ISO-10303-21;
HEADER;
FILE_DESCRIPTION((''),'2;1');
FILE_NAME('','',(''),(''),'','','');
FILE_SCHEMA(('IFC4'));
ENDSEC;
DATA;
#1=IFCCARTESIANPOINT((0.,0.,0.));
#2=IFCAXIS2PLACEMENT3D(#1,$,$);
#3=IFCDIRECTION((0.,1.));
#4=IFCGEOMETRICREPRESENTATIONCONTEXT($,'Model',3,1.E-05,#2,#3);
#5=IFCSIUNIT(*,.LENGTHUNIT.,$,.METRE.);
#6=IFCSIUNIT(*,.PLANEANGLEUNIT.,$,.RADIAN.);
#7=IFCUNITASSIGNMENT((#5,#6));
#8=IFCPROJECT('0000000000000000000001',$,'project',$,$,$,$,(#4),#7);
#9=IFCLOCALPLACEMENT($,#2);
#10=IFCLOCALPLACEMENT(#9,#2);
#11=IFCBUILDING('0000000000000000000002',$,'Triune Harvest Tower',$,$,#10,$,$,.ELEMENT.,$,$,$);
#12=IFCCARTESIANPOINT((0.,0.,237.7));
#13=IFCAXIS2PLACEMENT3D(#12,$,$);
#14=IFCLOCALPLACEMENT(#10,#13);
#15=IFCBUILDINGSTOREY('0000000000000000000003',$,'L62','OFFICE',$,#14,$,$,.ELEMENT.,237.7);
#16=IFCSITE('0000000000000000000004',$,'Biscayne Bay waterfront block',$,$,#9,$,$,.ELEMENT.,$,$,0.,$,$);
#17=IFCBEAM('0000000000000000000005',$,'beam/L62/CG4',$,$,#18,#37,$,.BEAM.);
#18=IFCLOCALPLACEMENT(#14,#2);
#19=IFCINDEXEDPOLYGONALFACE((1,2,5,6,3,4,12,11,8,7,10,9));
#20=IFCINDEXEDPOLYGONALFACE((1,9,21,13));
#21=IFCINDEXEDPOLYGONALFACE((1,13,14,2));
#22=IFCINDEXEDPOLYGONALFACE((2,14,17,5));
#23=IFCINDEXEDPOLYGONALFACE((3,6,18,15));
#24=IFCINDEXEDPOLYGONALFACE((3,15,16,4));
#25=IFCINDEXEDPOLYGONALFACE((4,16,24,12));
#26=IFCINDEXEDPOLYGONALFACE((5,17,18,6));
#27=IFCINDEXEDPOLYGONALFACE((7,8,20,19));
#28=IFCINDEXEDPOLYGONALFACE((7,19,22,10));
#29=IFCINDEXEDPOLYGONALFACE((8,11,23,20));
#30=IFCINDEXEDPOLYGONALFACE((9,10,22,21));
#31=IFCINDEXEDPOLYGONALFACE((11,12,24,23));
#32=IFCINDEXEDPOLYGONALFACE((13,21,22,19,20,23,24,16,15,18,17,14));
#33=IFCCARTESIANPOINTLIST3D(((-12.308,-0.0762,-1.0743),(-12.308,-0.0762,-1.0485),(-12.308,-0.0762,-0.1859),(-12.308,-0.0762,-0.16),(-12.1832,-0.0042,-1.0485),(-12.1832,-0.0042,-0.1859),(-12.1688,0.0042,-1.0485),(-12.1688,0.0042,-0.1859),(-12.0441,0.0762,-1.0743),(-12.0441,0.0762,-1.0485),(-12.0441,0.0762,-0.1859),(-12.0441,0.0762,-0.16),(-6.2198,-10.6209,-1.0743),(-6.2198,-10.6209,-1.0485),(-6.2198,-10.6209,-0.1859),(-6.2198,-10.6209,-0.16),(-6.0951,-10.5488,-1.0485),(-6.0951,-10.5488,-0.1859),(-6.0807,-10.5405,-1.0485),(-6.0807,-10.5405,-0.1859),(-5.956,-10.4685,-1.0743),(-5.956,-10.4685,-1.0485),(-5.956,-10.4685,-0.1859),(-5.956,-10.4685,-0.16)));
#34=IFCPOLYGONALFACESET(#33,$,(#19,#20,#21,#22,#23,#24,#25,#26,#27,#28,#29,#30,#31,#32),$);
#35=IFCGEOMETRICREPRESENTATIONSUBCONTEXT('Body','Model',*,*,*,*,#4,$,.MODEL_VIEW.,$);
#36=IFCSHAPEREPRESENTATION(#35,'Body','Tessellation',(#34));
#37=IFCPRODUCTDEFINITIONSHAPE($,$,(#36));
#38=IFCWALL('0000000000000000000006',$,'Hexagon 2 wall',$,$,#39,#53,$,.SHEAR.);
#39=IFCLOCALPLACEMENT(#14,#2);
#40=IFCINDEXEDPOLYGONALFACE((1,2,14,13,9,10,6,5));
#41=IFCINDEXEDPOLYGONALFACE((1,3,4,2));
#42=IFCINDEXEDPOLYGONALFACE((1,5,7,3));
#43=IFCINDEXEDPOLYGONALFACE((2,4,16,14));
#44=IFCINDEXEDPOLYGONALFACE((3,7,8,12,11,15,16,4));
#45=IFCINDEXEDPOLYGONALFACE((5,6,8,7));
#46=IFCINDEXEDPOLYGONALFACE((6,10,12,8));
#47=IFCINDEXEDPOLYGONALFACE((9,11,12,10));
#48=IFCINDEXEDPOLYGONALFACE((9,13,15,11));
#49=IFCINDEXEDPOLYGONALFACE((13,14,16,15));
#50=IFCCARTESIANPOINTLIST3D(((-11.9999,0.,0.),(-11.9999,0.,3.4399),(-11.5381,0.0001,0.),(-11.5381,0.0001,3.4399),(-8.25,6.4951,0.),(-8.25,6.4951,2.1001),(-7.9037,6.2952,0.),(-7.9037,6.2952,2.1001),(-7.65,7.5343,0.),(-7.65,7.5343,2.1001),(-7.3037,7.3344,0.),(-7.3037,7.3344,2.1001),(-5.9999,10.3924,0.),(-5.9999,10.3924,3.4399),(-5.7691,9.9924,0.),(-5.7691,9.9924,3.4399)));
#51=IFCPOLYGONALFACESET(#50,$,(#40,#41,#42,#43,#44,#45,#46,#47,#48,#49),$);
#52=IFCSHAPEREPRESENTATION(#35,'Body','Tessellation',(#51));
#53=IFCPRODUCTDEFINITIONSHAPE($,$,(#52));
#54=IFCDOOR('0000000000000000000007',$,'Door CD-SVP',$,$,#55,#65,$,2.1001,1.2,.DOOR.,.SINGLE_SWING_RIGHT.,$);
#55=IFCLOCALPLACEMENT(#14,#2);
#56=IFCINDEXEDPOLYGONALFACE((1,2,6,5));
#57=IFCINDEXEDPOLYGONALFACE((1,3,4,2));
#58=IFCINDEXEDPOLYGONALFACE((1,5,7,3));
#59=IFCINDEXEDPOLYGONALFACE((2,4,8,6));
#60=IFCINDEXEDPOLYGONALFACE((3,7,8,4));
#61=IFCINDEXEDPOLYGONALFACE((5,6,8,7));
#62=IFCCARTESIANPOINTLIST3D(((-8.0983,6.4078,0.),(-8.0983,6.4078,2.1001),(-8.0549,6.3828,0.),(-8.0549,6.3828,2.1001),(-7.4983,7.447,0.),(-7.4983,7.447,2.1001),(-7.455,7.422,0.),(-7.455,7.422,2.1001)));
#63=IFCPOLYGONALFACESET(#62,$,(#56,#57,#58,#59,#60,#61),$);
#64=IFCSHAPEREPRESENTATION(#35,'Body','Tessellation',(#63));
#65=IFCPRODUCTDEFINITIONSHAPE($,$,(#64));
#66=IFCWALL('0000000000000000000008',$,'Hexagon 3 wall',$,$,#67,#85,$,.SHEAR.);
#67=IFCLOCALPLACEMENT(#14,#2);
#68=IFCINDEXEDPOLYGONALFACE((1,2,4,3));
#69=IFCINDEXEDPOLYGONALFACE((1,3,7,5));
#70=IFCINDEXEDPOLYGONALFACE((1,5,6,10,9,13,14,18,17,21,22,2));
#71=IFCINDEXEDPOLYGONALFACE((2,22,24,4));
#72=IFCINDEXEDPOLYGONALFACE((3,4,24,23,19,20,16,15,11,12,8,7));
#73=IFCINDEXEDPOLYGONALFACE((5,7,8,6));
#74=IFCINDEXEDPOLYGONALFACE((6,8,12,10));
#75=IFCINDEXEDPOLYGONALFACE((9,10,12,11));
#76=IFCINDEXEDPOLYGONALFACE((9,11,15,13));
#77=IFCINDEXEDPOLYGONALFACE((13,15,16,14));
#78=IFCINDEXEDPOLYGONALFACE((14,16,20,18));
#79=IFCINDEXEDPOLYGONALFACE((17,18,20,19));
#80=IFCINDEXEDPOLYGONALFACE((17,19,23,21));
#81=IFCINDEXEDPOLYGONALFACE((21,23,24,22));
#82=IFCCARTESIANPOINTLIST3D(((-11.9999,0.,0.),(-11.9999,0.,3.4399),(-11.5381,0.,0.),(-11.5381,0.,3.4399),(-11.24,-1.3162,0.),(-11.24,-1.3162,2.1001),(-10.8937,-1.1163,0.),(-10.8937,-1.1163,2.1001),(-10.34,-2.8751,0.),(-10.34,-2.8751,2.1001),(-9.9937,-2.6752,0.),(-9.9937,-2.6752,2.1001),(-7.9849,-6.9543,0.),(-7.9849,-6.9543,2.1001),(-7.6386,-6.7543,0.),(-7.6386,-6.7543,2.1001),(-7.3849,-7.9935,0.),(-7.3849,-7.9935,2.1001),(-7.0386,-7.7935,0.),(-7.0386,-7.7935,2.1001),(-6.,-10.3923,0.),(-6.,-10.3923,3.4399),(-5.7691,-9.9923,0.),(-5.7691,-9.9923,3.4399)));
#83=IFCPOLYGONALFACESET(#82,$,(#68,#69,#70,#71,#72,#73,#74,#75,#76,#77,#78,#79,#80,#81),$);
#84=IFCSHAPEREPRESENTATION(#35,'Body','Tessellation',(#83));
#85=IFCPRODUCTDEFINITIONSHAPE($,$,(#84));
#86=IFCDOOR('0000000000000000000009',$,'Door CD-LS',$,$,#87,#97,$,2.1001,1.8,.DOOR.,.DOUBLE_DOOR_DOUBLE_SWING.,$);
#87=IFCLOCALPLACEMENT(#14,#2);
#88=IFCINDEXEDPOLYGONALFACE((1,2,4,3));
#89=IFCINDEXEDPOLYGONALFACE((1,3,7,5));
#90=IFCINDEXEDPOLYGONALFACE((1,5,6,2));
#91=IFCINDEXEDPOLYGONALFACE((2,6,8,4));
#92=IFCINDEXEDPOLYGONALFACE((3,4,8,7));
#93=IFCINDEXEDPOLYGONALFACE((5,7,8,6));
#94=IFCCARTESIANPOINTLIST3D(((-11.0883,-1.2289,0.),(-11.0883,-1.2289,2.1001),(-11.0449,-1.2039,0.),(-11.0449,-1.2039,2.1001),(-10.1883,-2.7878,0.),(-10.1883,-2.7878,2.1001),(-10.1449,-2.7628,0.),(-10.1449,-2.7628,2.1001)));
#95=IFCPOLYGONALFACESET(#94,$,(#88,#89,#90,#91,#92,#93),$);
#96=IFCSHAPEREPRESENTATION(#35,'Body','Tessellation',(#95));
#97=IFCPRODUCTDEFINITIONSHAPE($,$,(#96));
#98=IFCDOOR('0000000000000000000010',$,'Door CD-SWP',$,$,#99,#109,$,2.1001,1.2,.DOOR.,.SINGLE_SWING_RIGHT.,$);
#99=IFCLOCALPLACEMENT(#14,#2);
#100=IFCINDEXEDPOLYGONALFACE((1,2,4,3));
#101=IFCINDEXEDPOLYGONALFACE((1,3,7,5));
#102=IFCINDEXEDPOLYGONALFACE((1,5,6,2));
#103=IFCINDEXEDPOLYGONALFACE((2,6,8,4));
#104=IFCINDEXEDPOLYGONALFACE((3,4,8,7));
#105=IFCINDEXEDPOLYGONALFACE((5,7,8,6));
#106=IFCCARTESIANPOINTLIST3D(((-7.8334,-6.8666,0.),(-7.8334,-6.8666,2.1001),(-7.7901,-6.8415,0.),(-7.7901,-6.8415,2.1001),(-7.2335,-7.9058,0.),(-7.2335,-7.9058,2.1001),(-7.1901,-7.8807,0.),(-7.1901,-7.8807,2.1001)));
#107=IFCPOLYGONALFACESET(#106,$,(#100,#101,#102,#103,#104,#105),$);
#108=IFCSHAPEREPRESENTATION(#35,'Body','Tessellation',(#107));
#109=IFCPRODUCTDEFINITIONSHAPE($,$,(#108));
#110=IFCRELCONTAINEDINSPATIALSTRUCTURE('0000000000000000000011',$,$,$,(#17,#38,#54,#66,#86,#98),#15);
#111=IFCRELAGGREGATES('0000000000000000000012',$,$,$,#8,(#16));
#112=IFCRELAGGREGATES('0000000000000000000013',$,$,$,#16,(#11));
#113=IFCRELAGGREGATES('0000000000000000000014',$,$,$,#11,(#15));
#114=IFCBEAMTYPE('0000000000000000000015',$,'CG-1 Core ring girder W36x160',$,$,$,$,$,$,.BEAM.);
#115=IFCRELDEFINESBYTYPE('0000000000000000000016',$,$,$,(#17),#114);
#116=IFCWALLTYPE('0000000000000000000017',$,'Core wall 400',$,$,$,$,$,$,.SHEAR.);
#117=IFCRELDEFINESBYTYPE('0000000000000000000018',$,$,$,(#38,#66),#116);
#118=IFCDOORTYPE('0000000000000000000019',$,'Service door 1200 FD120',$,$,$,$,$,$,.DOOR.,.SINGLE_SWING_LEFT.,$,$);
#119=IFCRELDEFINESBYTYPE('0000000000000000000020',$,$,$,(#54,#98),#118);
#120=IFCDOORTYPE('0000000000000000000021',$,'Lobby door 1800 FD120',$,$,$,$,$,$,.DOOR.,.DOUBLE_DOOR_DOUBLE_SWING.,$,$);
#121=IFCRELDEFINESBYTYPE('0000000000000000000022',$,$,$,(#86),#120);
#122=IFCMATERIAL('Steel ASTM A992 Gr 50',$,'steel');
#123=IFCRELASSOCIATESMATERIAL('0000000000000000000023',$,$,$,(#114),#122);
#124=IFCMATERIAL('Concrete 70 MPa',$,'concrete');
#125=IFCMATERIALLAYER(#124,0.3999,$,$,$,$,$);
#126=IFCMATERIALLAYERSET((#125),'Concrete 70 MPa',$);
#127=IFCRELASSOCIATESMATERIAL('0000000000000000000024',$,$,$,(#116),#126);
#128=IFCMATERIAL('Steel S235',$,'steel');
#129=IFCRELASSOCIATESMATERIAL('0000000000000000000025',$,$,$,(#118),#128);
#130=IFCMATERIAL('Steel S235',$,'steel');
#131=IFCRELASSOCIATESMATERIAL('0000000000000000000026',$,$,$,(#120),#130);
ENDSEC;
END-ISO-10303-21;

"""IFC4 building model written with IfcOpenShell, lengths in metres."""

from ifc_helpers import new_model, si_unit, direction, frame, frame_2d, origin, origin_2d, place, context, subcontext, project, spatial, polyline, rectangle, i_section, outline, extrude, source, transform, mapped, material, layer, layer_set, material_profile, profile_set, type_object, element, fill, save


model = new_model("IFC4")

# Units and contexts
model_context = context("Model", 3, precision=1e-05, world=origin(), true_north=direction((0.0, 1.0)))
body_context = subcontext(model_context, "Body", "Model", "MODEL_VIEW")
ifc_project = project(units=[si_unit("LENGTHUNIT", "METRE"), si_unit("PLANEANGLEUNIT", "RADIAN")], contexts=[model_context])

# Site, building, storey
site_placement = place(None, origin())
site = spatial("IfcSite", under=ifc_project, at=site_placement, Name="Biscayne Bay waterfront block", CompositionType="ELEMENT", RefElevation=0.0)
building_placement = place(site_placement, origin())
building = spatial("IfcBuilding", under=site, at=building_placement, Name="Triune Harvest Tower", CompositionType="ELEMENT")
storey_placement = place(building_placement, frame((0.0, 0.0, 237.7)))
storey = spatial("IfcBuildingStorey", under=building, at=storey_placement, Name="L62", Description="OFFICE", CompositionType="ELEMENT", Elevation=237.7)

# Beam
ifc_material_1 = material(Name="Steel ASTM A992 Gr 50", Category="steel")
ifc_material_profile = material_profile(ifc_material_1, i_section(OverallWidth=0.3047, OverallDepth=0.9143, WebThickness=0.0166, FlangeThickness=0.0259, at=origin_2d()), Name="W36x160")
ifc_profile_set = profile_set([ifc_material_profile], Name="Steel ASTM A992 Gr 50")
beam_type = type_object("IfcBeamType", Name="CG-1 Core ring girder W36x160", PredefinedType="BEAM", material=ifc_profile_set)
shared_shape_1 = source(origin(), body_context, "Body", "SweptSolid", [
    extrude(i_section(OverallWidth=0.3047, OverallDepth=0.9143, WebThickness=0.0166, FlangeThickness=0.0259, at=origin_2d()), origin(), (0.0, 0.0, 1.0), 12.176),
])
beam_placement = place(storey_placement, frame((-12.176, 0.0, -0.6172), z_axis=(0.50001, -0.86602, 0.0), x_axis=(0.86602, 0.50001, 0.0)))
element("IfcBeam", 1, at=beam_placement, inside=storey, type_object=beam_type, Name="beam/L62/CG4", PredefinedType="BEAM", context=body_context, shape_type="MappedRepresentation", body=[
    mapped(shared_shape_1, transform((0.0, 0.0, 0.0), scale=1.0)),
])

# Wall, opening, door
ifc_material_2 = material(Name="Concrete 70 MPa", Category="concrete")
ifc_layer_1 = layer(ifc_material_2, 0.3999)
ifc_layer_set_1 = layer_set([ifc_layer_1], Name="Concrete 70 MPa")
wall_type_1 = type_object("IfcWallType", Name="Core wall 400", PredefinedType="SHEAR", material=ifc_layer_set_1)
shared_shape_2 = source(origin(), body_context, "Body", "SweptSolid", [
    extrude(outline(polyline([(-0.1155, -0.2), (11.8845, -0.2), (11.6536, 0.2), (0.1155, 0.2), (-0.1155, -0.2)])), origin(), (0.0, 0.0, 1.0), 3.4399),
])
wall_1_placement = place(storey_placement, frame((-5.8845, 10.1924, 0.0), z_axis=(0.0, 0.0, 1.0), x_axis=(-0.499997, -0.866027, 0.0)))
wall_1 = element("IfcWall", 2, at=wall_1_placement, inside=storey, type_object=wall_type_1, Name="Hexagon 2 wall", PredefinedType="SHEAR", context=body_context, shape_type="MappedRepresentation", body=[
    mapped(shared_shape_2, transform((0.0, 0.0, 0.0), scale=1.0)),
])
opening_1_placement = place(wall_1_placement, frame((3.1846, 0.0, 0.0)))
opening_1 = element("IfcOpeningElement", 3, at=opening_1_placement, cuts=wall_1, PredefinedType="OPENING", context=body_context, shape_type="SweptSolid", body=[
    extrude(rectangle(XDim=1.2, YDim=2.1001, at=frame_2d((0.6001, 1.05))), frame((0.0, 0.21, 0.0), z_axis=(0.0, -1.0, 0.0), x_axis=(1.0, 0.0, 0.0)), (0.0, 0.0, 1.0), 0.4199),
])
ifc_material_3 = material(Name="Steel S235", Category="steel")
door_type_1 = type_object("IfcDoorType", Name="Service door 1200 FD120", OperationType="SINGLE_SWING_LEFT", PredefinedType="DOOR", material=ifc_material_3)
door_1_placement = place(opening_1_placement, frame((1.2, 0.0, 0.0), z_axis=(0.0, 0.0, 1.0), x_axis=(-1.0, 0.0, 0.0)))
door_1 = element("IfcDoor", 4, at=door_1_placement, inside=storey, type_object=door_type_1, Name="Door CD-SVP", OperationType="SINGLE_SWING_RIGHT", OverallHeight=2.1001, OverallWidth=1.2, PredefinedType="DOOR", context=body_context, shape_type="SweptSolid", body=[
    extrude(rectangle(XDim=1.2, YDim=2.1001, at=frame_2d((0.6001, 1.05))), frame((0.0, 0.0249, 0.0), z_axis=(0.0, -1.0, 0.0), x_axis=(1.0, 0.0, 0.0)), (0.0, 0.0, 1.0), 0.05),
])
fill(opening_1, door_1)

# Wall, openings, doors
wall_2_placement = place(storey_placement, frame((-11.769, 0.0, 0.0), z_axis=(0.0, 0.0, 1.0), x_axis=(0.499997, -0.866027, 0.0)))
wall_2 = element("IfcWall", 5, at=wall_2_placement, inside=storey, type_object=wall_type_1, Name="Hexagon 3 wall", PredefinedType="SHEAR", context=body_context, shape_type="MappedRepresentation", body=[
    mapped(shared_shape_2, transform((0.0, 0.0, 0.0), scale=1.0)),
])
opening_2_placement = place(wall_2_placement, frame((1.4045, 0.0, 0.0)))
opening_2 = element("IfcOpeningElement", 6, at=opening_2_placement, cuts=wall_2, PredefinedType="OPENING", context=body_context, shape_type="SweptSolid", body=[
    extrude(rectangle(XDim=1.8, YDim=2.1001, at=frame_2d((0.8999, 1.05))), frame((0.0, 0.21, 0.0), z_axis=(0.0, -1.0, 0.0), x_axis=(1.0, 0.0, 0.0)), (0.0, 0.0, 1.0), 0.4199),
])
opening_3_placement = place(wall_2_placement, frame((7.9146, 0.0, 0.0)))
opening_3 = element("IfcOpeningElement", 7, at=opening_3_placement, cuts=wall_2, PredefinedType="OPENING", context=body_context, shape_type="SweptSolid", body=[
    extrude(rectangle(XDim=1.2, YDim=2.1001, at=frame_2d((0.6001, 1.05))), frame((0.0, 0.21, 0.0), z_axis=(0.0, -1.0, 0.0), x_axis=(1.0, 0.0, 0.0)), (0.0, 0.0, 1.0), 0.4199),
])
ifc_material_4 = material(Name="Steel S235", Category="steel")
door_type_2 = type_object("IfcDoorType", Name="Lobby door 1800 FD120", OperationType="DOUBLE_DOOR_DOUBLE_SWING", PredefinedType="DOOR", material=ifc_material_4)
door_2_placement = place(opening_2_placement, frame((1.8, 0.0, 0.0), z_axis=(0.0, 0.0, 1.0), x_axis=(-1.0, 0.0, 0.0)))
door_2 = element("IfcDoor", 8, at=door_2_placement, inside=storey, type_object=door_type_2, Name="Door CD-LS", OperationType="DOUBLE_DOOR_DOUBLE_SWING", OverallHeight=2.1001, OverallWidth=1.8, PredefinedType="DOOR", context=body_context, shape_type="SweptSolid", body=[
    extrude(rectangle(XDim=1.8, YDim=2.1001, at=frame_2d((0.8999, 1.05))), frame((0.0, 0.0249, 0.0), z_axis=(0.0, -1.0, 0.0), x_axis=(1.0, 0.0, 0.0)), (0.0, 0.0, 1.0), 0.05),
])
fill(opening_2, door_2)
door_3_placement = place(opening_3_placement, frame((1.2, 0.0, 0.0), z_axis=(0.0, 0.0, 1.0), x_axis=(-1.0, 0.0, 0.0)))
door_3 = element("IfcDoor", 9, at=door_3_placement, inside=storey, type_object=door_type_1, Name="Door CD-SWP", OperationType="SINGLE_SWING_RIGHT", OverallHeight=2.1001, OverallWidth=1.2, PredefinedType="DOOR", context=body_context, shape_type="SweptSolid", body=[
    extrude(rectangle(XDim=1.2, YDim=2.1001, at=frame_2d((0.6001, 1.05))), frame((0.0, 0.0249, 0.0), z_axis=(0.0, -1.0, 0.0), x_axis=(1.0, 0.0, 0.0)), (0.0, 0.0, 1.0), 0.05),
])
fill(opening_3, door_3)

save(model, "model.ifc")
